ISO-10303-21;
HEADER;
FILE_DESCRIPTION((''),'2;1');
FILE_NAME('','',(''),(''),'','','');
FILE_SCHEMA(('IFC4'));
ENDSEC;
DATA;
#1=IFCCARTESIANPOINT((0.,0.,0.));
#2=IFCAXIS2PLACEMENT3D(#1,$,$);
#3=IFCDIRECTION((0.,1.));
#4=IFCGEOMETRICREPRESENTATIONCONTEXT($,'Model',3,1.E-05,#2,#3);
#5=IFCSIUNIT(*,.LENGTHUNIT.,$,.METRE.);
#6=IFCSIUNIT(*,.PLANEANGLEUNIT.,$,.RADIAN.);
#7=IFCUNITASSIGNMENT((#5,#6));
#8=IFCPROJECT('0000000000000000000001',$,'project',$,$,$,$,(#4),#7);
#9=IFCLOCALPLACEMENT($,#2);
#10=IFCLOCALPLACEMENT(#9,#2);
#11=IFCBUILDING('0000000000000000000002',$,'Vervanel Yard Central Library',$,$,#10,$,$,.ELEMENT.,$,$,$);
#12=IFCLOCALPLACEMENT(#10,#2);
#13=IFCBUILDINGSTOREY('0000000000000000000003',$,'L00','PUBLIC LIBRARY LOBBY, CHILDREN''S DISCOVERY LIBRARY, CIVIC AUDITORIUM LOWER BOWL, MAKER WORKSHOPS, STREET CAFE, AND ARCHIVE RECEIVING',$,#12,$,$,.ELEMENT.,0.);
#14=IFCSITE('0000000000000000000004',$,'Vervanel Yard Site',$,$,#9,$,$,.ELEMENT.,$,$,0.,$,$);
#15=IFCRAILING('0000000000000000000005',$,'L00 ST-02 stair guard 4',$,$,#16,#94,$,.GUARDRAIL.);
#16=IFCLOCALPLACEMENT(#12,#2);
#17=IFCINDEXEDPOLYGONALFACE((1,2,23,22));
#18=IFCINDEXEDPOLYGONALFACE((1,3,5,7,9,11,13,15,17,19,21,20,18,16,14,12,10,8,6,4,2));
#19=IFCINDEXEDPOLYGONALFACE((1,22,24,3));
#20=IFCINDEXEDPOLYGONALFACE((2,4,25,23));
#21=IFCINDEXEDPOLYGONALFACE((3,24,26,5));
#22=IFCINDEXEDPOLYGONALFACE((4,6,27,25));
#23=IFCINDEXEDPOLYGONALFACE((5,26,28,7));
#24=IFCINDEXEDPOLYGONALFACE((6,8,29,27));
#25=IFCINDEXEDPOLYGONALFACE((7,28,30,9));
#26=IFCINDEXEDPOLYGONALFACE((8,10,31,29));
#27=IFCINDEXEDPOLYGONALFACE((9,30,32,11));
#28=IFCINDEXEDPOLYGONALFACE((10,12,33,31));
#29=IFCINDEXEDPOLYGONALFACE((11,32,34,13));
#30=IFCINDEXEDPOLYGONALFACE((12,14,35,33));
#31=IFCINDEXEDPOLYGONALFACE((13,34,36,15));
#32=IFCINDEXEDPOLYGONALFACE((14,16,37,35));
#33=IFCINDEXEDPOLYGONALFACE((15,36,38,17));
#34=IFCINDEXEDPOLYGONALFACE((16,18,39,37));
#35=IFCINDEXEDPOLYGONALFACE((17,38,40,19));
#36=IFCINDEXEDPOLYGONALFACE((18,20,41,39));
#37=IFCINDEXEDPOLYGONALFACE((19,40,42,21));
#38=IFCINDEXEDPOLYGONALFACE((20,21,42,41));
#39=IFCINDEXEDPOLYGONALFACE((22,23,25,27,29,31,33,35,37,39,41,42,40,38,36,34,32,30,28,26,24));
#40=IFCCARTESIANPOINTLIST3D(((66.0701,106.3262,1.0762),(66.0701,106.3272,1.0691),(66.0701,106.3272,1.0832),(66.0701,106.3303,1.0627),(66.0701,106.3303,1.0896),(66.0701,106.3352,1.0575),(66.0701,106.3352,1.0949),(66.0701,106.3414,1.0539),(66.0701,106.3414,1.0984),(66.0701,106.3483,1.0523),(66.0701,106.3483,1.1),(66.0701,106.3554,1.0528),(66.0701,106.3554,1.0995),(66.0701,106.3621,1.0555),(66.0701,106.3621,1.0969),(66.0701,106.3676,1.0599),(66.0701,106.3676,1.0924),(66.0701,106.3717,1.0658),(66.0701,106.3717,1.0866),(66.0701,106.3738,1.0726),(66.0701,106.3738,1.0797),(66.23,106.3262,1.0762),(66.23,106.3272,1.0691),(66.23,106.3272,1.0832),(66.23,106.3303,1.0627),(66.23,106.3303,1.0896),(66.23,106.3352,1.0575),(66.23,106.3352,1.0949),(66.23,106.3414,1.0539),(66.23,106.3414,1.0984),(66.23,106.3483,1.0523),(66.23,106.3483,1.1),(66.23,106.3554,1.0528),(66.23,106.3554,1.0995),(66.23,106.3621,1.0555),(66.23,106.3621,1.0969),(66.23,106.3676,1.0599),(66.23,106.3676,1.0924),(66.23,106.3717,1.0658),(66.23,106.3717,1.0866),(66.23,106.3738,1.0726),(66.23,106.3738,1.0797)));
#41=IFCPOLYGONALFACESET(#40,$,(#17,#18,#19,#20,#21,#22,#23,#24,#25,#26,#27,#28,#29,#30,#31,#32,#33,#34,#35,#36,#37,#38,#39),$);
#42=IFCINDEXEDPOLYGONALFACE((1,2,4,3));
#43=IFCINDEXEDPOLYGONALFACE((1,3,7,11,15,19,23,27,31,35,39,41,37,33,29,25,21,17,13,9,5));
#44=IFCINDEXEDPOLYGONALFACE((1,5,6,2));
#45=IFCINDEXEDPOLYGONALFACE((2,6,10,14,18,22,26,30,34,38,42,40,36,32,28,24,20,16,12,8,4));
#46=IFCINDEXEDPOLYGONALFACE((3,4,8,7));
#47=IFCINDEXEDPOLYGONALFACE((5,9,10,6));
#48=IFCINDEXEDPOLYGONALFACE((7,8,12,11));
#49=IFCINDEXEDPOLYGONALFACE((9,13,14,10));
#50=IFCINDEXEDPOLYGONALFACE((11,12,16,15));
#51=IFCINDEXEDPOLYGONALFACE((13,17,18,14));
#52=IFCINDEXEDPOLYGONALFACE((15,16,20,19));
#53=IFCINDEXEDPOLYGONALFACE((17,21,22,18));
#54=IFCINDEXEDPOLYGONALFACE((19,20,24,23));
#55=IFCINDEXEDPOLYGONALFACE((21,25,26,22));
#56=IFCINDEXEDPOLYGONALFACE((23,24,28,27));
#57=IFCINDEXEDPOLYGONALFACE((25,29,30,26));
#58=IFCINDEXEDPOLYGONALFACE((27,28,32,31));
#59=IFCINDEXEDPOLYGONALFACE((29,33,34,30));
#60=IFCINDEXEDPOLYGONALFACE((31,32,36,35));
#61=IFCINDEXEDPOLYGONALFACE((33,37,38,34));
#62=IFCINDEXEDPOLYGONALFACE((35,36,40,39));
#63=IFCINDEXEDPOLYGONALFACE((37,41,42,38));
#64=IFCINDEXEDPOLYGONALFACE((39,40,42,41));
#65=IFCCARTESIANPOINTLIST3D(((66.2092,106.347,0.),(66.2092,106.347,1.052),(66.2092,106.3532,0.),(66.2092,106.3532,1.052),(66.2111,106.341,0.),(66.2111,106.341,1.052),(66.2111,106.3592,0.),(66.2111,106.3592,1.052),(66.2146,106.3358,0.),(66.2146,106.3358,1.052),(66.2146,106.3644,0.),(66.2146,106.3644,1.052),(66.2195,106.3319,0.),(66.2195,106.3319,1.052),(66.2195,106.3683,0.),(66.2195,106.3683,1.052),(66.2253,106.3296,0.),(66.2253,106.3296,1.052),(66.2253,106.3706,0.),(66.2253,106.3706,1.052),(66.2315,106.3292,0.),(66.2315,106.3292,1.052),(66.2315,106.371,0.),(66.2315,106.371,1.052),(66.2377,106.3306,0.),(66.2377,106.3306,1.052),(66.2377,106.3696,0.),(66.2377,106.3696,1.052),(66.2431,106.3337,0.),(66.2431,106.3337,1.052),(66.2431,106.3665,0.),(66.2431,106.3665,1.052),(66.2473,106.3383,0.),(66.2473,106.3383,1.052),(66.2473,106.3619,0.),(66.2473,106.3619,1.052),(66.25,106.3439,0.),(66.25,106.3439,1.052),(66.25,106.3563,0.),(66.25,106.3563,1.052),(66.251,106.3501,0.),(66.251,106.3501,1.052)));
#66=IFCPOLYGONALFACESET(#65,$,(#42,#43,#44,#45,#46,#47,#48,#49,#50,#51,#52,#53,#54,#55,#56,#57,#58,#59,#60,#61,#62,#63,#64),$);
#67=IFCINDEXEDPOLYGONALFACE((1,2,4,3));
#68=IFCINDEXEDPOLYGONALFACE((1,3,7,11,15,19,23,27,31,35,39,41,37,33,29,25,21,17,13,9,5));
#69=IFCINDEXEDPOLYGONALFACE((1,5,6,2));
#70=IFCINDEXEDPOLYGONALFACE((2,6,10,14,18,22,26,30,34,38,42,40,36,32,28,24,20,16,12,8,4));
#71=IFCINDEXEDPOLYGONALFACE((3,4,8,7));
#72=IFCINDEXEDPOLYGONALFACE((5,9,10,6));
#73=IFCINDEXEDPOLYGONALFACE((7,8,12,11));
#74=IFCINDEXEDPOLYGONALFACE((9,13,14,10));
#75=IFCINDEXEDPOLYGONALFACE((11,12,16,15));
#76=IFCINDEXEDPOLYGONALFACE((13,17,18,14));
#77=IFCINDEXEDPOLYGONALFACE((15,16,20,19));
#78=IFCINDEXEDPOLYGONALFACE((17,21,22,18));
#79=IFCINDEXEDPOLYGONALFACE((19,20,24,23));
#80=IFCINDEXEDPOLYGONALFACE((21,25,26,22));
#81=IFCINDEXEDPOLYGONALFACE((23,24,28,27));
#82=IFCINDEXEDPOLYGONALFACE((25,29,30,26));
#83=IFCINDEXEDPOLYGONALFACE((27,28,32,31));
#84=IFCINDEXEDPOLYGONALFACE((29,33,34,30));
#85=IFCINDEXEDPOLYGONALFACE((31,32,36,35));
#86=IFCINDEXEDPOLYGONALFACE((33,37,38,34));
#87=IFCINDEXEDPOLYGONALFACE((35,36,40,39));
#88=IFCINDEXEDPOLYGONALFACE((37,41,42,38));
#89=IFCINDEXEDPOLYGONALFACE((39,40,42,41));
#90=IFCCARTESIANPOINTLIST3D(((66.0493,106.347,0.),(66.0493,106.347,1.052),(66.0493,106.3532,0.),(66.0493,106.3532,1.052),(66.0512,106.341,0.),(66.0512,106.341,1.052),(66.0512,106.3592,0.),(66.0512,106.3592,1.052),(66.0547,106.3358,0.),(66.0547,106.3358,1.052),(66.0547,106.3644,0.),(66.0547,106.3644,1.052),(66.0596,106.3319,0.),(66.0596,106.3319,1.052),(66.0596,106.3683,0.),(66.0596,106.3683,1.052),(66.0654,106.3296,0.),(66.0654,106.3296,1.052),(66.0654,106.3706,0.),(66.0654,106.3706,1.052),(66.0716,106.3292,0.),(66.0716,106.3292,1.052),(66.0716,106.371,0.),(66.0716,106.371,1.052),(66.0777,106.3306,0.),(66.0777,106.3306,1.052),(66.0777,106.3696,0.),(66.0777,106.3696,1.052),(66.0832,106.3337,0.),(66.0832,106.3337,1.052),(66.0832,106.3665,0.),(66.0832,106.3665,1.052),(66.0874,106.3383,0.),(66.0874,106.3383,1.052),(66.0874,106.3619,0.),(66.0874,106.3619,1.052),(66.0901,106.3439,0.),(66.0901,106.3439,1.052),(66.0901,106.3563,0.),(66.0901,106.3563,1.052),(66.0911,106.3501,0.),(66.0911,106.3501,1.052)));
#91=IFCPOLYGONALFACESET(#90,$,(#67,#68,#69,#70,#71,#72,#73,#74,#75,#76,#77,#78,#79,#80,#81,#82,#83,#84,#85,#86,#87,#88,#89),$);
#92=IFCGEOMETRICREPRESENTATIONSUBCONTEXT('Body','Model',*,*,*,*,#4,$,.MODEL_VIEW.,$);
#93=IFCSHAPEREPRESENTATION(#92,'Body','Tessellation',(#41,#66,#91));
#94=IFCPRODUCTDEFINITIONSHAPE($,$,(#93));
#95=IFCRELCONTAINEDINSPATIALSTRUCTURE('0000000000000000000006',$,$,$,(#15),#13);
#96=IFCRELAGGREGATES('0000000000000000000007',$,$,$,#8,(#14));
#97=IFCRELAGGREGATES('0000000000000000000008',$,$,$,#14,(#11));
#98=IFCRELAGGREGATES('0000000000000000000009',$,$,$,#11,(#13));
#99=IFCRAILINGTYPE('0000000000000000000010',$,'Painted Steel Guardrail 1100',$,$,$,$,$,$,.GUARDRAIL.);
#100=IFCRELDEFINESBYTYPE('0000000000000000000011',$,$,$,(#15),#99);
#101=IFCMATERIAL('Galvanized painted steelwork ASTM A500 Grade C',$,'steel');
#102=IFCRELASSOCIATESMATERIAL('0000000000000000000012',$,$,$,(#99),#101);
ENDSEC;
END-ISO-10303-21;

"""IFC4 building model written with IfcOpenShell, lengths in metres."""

from ifc_helpers import new_model, si_unit, direction, frame, origin, origin_2d, place, context, subcontext, project, spatial, circle, extrude, material, type_object, element, save


model = new_model("IFC4")

# Units and contexts
model_context = context("Model", 3, precision=1e-05, world=origin(), true_north=direction((0.0, 1.0)))
body_context = subcontext(model_context, "Body", "Model", "MODEL_VIEW")
ifc_project = project(units=[si_unit("LENGTHUNIT", "METRE"), si_unit("PLANEANGLEUNIT", "RADIAN")], contexts=[model_context])

# Site, building, storey
site_placement = place(None, origin())
site = spatial("IfcSite", under=ifc_project, at=site_placement, Name="Vervanel Yard Site", CompositionType="ELEMENT", RefElevation=0.0)
building_placement = place(site_placement, origin())
building = spatial("IfcBuilding", under=site, at=building_placement, Name="Vervanel Yard Central Library", CompositionType="ELEMENT")
storey_placement = place(building_placement, origin())
storey = spatial("IfcBuildingStorey", under=building, at=storey_placement, Name="L00", Description="PUBLIC LIBRARY LOBBY, CHILDREN'S DISCOVERY LIBRARY, CIVIC AUDITORIUM LOWER BOWL, MAKER WORKSHOPS, STREET CAFE, AND ARCHIVE RECEIVING", CompositionType="ELEMENT", Elevation=0.0)

# Shared definitions
ifc_material_1 = material(Name="Galvanized painted steelwork ASTM A500 Grade C", Category="steel")

# Railing
railing_type_1 = type_object("IfcRailingType", Name="Painted Steel Guardrail 1100", PredefinedType="GUARDRAIL", material=ifc_material_1)
railing_1_placement = place(storey_placement, frame((66.23, 106.3501, 0.0)))
element("IfcRailing", 1, at=railing_1_placement, inside=storey, type_object=railing_type_1, Name="L00 ST-02 stair guard 4", PredefinedType="GUARDRAIL", context=body_context, shape_type="SweptSolid", body=[
    extrude(circle(Radius=0.0239, at=origin_2d()), frame((0.0, 0.0, 1.0762), z_axis=(-1.0, 0.0, 0.0), x_axis=(0.0, -1.0, 0.0)), (0.0, 0.0, 1.0), 0.1599),
    extrude(circle(Radius=0.021, at=origin_2d()), origin(), (0.0, 0.0, 1.0), 1.052),
    extrude(circle(Radius=0.021, at=origin_2d()), frame((-0.1599, 0.0, 0.0)), (0.0, 0.0, 1.0), 1.052),
])

save(model, "model.ifc")
